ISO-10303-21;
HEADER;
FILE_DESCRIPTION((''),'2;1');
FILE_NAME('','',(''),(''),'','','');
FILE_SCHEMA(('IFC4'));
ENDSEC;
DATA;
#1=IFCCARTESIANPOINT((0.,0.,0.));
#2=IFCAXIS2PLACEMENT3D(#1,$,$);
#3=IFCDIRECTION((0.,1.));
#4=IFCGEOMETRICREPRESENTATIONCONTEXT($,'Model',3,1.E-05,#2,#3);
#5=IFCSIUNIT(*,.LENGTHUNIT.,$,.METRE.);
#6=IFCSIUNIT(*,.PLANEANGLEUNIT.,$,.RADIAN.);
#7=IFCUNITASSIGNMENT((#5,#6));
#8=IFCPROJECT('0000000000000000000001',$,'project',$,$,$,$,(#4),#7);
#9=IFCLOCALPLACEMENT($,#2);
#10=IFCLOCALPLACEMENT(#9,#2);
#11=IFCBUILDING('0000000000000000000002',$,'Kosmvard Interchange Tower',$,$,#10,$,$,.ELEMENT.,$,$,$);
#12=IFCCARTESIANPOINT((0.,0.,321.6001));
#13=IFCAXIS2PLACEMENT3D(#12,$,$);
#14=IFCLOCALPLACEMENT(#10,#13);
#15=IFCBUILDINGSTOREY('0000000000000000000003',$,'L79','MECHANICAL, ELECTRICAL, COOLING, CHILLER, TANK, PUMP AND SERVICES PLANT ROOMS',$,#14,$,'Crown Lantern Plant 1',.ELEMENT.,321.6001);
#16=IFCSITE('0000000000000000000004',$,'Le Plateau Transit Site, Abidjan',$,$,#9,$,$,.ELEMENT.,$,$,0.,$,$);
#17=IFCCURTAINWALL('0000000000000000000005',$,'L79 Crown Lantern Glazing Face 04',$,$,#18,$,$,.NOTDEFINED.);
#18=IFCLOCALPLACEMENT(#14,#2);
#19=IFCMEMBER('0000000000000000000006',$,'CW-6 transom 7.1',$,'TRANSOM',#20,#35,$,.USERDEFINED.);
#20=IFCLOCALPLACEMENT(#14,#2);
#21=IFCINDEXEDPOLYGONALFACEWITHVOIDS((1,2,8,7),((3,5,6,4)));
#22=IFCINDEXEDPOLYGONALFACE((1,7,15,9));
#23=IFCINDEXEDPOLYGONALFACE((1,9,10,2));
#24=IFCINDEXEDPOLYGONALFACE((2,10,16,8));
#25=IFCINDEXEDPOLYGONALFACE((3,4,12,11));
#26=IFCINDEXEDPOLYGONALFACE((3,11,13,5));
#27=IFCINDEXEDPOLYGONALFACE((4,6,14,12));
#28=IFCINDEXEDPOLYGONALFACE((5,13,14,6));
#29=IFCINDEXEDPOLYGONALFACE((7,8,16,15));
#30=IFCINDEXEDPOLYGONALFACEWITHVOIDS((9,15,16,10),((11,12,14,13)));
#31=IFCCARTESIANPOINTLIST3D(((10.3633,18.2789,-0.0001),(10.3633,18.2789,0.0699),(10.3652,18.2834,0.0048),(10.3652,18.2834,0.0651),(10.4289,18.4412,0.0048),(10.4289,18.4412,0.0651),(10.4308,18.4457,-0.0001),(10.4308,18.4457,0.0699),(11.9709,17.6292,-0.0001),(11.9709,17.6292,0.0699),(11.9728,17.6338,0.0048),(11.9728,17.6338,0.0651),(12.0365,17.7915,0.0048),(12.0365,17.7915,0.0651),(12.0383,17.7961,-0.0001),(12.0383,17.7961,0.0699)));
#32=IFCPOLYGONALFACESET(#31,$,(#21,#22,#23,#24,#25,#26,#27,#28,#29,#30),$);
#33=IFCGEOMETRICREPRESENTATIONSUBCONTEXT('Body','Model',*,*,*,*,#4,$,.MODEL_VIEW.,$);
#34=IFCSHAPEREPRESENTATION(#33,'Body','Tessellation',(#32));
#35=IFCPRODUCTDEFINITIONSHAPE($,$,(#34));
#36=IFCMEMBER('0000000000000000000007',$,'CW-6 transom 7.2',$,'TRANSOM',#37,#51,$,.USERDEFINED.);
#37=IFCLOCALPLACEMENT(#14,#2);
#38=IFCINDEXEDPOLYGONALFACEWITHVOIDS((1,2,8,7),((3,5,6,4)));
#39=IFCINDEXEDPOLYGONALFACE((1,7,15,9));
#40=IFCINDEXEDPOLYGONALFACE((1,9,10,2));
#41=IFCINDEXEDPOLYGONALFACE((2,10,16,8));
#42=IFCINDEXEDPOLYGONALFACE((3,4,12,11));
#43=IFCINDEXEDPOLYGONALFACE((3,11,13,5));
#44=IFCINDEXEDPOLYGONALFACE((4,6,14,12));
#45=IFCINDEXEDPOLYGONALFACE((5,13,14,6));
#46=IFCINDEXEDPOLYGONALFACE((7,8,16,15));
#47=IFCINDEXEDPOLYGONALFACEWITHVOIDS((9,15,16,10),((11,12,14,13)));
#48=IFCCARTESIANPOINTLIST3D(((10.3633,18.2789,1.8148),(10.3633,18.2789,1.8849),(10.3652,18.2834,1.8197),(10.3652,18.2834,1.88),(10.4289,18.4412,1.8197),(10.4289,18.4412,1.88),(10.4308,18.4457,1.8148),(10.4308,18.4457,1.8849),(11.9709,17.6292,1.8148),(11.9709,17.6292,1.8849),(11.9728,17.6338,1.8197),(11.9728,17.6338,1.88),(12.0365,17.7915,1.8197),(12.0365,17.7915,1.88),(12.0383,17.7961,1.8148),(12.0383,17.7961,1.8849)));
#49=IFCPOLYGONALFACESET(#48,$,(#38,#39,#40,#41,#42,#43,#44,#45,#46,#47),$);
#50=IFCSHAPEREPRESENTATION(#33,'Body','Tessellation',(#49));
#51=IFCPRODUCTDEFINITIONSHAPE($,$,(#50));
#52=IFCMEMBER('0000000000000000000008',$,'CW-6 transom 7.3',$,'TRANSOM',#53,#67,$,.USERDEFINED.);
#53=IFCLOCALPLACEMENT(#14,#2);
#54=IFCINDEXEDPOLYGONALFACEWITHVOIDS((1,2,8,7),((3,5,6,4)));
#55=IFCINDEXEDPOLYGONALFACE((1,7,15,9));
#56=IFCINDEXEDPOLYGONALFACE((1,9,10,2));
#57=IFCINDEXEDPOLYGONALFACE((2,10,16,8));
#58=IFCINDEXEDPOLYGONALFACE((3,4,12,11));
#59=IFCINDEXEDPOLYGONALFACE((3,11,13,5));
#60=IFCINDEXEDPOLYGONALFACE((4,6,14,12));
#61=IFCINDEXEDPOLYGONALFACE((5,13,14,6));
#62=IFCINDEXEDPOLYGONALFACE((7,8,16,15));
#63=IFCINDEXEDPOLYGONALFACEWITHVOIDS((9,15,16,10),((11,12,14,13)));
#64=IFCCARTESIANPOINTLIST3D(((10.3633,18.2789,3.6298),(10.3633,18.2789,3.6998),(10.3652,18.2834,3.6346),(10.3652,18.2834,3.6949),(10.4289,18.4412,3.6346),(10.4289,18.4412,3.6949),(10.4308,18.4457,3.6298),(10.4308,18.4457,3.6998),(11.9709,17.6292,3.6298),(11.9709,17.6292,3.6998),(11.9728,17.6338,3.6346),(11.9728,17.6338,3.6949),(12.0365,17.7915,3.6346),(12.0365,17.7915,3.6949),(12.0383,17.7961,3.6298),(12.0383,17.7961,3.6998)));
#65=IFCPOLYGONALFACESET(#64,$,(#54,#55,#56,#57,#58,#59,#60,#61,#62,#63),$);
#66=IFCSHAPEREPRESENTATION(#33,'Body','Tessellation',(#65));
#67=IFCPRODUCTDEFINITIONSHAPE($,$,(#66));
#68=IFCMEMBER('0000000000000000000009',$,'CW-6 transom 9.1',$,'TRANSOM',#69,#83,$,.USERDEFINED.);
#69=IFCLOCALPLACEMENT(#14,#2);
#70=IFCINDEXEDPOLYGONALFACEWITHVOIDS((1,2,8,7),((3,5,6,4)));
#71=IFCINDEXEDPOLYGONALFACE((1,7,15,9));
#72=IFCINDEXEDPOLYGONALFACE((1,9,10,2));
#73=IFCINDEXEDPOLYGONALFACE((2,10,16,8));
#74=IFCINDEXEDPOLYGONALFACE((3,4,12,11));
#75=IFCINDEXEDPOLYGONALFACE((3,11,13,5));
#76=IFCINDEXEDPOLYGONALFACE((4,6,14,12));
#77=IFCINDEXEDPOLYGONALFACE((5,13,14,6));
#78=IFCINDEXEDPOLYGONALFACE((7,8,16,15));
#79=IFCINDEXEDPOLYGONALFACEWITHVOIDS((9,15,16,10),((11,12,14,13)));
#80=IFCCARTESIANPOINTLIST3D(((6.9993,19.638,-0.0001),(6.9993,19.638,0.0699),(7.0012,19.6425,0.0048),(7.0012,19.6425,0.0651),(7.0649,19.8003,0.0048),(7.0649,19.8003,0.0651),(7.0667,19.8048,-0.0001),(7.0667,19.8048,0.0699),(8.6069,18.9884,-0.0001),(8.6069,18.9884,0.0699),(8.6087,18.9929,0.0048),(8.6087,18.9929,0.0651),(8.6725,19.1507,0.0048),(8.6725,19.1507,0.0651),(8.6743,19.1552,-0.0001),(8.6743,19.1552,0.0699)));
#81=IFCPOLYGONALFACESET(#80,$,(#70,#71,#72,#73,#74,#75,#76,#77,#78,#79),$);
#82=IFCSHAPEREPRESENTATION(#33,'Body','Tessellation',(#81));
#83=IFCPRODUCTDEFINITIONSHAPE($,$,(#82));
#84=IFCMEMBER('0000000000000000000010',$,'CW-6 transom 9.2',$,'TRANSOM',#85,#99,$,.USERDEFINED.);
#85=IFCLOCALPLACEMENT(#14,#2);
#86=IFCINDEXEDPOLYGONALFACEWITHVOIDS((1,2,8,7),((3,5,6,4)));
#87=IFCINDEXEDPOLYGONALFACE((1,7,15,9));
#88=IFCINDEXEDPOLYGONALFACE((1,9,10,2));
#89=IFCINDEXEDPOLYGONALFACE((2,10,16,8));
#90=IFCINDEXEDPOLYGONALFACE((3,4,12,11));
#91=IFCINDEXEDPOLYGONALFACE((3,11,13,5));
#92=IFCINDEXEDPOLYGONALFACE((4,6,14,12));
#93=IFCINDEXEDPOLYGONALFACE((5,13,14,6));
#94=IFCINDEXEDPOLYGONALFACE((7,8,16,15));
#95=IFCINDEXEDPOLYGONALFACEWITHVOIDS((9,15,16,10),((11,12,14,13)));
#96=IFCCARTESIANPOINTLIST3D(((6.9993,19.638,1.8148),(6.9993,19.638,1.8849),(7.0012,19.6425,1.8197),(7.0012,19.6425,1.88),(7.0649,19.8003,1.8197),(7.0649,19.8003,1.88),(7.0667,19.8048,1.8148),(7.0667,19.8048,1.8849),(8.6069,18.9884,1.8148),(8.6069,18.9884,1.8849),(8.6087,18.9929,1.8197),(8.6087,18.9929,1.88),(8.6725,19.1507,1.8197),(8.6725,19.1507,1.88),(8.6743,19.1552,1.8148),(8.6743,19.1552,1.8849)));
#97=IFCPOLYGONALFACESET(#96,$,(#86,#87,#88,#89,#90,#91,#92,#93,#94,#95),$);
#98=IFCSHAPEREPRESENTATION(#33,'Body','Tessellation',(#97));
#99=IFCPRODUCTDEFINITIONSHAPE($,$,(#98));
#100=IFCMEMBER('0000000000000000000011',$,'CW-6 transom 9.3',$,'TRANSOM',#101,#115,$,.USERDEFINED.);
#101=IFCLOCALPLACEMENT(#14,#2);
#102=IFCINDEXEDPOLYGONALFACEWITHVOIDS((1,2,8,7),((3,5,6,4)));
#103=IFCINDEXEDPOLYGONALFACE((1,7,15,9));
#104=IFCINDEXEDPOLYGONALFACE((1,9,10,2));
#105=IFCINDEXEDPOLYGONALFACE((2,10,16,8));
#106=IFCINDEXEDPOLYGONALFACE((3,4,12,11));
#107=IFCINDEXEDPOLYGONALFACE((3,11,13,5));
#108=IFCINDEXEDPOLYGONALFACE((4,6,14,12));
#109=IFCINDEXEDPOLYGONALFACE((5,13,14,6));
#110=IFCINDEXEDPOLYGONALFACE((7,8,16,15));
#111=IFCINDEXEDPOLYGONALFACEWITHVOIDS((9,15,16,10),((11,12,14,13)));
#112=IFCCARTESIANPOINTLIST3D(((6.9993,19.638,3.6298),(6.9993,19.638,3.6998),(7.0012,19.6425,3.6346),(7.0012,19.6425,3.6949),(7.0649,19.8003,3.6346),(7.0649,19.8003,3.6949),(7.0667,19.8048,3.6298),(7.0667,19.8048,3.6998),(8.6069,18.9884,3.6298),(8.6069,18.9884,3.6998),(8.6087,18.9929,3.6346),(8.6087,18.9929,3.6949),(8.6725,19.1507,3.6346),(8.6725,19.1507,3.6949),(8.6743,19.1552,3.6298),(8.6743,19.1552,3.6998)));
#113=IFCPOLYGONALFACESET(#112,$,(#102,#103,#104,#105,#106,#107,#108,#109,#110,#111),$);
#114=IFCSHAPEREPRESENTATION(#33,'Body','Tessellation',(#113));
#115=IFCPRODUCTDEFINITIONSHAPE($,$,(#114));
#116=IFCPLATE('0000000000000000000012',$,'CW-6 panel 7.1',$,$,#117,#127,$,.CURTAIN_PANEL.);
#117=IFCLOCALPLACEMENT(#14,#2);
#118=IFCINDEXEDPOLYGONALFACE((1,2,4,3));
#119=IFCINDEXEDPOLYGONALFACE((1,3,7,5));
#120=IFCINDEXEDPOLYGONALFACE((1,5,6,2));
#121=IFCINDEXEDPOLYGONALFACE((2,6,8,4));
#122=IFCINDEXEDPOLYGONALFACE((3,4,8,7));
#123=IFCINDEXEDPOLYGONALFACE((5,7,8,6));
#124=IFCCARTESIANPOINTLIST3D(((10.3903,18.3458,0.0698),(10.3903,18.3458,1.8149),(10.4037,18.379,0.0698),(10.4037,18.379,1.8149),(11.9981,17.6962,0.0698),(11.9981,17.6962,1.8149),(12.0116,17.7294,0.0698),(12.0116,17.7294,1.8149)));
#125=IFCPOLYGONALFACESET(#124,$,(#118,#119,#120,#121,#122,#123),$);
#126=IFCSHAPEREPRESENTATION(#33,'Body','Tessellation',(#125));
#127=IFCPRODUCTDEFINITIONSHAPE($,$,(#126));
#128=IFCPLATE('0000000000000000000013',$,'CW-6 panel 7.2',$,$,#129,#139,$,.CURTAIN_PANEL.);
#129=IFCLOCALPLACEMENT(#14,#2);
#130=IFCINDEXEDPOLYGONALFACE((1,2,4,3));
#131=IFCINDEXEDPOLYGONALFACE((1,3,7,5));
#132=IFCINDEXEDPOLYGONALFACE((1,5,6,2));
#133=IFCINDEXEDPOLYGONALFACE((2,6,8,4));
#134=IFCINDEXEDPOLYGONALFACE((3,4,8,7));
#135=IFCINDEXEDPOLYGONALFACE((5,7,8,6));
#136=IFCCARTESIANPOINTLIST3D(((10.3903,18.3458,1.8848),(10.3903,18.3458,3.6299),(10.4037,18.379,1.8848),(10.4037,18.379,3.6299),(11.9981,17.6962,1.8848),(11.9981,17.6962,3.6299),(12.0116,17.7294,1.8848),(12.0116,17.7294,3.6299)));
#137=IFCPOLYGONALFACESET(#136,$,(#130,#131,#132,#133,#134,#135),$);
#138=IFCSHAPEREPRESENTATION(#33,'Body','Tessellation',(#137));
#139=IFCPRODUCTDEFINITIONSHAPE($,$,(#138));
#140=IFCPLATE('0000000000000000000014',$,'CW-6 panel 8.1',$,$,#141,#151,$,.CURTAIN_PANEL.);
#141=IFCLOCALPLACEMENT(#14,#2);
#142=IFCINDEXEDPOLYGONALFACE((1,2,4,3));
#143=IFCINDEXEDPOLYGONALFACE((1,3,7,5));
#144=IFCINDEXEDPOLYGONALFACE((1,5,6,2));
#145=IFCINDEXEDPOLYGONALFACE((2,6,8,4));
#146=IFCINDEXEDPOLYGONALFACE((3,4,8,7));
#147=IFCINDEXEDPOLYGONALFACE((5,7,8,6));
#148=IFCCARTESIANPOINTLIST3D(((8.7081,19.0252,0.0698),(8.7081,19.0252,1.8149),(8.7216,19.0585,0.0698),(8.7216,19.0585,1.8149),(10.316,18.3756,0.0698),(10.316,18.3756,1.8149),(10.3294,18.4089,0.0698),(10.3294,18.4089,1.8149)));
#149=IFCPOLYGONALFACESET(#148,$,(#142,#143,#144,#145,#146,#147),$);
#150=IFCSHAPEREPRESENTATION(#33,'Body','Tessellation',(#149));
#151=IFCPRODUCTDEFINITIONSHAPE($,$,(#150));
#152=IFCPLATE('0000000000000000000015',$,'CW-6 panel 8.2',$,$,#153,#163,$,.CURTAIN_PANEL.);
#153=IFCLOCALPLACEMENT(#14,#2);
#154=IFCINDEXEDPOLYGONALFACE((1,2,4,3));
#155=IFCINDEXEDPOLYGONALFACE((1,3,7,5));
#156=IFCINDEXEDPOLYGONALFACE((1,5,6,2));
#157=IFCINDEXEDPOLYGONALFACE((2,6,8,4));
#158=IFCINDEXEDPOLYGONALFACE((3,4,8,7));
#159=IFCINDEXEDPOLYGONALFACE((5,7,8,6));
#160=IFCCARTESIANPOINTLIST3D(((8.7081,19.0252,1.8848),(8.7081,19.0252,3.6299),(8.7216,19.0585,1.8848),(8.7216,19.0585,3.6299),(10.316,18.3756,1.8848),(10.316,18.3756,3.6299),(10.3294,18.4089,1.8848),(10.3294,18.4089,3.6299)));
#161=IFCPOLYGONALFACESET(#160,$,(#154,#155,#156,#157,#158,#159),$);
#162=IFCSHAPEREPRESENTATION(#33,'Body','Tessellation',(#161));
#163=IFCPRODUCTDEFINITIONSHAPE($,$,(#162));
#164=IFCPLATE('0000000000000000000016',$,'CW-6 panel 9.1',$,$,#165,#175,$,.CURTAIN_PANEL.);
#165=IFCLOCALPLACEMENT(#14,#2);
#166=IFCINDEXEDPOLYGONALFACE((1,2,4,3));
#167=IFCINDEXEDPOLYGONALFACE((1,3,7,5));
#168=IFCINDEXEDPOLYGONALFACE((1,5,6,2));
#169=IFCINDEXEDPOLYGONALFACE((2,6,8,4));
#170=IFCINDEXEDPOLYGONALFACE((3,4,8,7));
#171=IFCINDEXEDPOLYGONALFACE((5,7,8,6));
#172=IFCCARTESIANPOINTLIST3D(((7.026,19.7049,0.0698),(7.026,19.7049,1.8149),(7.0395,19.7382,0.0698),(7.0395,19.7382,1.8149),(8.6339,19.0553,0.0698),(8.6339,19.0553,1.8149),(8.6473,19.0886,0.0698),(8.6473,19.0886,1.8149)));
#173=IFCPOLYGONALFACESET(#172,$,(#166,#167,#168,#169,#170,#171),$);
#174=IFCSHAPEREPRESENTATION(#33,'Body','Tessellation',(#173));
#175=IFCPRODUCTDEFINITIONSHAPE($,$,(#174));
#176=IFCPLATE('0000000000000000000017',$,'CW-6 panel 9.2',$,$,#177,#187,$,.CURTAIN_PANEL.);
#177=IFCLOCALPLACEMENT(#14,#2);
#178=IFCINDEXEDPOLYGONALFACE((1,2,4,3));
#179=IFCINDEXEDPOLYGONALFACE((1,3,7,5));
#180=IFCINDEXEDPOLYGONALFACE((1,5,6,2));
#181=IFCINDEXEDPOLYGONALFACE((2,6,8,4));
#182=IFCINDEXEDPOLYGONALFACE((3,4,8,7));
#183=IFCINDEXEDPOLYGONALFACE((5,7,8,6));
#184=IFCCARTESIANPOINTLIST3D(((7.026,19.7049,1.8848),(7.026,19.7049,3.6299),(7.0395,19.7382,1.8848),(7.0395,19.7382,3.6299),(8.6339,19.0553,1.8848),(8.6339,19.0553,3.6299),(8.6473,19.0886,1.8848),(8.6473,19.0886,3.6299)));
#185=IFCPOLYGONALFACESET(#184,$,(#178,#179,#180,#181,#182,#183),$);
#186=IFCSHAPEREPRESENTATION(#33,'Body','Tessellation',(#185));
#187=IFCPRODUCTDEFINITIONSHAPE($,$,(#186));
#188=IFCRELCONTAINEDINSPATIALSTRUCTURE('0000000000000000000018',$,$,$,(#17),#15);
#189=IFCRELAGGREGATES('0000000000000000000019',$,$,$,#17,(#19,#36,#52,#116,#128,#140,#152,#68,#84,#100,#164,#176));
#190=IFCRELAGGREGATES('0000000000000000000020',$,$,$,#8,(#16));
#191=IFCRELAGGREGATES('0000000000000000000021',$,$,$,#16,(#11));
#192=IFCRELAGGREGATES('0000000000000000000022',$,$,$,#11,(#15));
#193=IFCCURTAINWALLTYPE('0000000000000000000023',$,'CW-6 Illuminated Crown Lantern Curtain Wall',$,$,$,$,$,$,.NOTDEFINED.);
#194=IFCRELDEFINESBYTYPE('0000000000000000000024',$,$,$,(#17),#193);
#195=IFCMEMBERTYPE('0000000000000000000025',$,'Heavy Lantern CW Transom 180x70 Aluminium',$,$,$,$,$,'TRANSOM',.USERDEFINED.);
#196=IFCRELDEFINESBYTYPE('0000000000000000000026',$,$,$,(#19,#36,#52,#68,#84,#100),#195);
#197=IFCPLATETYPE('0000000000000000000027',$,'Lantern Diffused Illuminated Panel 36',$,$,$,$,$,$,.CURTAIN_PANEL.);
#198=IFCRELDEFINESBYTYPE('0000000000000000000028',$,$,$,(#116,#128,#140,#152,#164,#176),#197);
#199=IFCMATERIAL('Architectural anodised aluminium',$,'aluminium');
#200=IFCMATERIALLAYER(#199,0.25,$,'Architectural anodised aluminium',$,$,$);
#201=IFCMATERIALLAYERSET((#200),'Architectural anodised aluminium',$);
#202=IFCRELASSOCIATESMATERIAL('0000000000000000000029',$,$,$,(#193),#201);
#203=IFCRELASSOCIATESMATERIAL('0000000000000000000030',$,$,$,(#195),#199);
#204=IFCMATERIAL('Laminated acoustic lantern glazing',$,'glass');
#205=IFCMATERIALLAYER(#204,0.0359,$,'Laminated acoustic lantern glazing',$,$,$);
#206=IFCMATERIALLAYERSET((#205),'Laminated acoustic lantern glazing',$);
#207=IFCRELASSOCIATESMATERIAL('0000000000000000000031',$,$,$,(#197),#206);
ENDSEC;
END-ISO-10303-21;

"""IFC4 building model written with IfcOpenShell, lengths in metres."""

from ifc_helpers import new_model, si_unit, direction, frame, origin, origin_2d, place, context, subcontext, project, spatial, rectangle, hollow_rectangle, extrude, source, transform, mapped, material, layer, layer_set, material_profile, profile_set, type_object, element, aggregate, save


model = new_model("IFC4")

# Units and contexts
model_context = context("Model", 3, precision=1e-05, world=origin(), true_north=direction((0.0, 1.0)))
body_context = subcontext(model_context, "Body", "Model", "MODEL_VIEW")
ifc_project = project(units=[si_unit("LENGTHUNIT", "METRE"), si_unit("PLANEANGLEUNIT", "RADIAN")], contexts=[model_context])

# Site, building, storey
site_placement = place(None, origin())
site = spatial("IfcSite", under=ifc_project, at=site_placement, Name="Le Plateau Transit Site, Abidjan", CompositionType="ELEMENT", RefElevation=0.0)
building_placement = place(site_placement, origin())
building = spatial("IfcBuilding", under=site, at=building_placement, Name="Kosmvard Interchange Tower", CompositionType="ELEMENT")
storey_placement = place(building_placement, frame((0.0, 0.0, 321.6001)))
storey = spatial("IfcBuildingStorey", under=building, at=storey_placement, Name="L79", Description="MECHANICAL, ELECTRICAL, COOLING, CHILLER, TANK, PUMP AND SERVICES PLANT ROOMS", LongName="Crown Lantern Plant 1", CompositionType="ELEMENT", Elevation=321.6001)

# Curtain wall, members, plates
ifc_material_1 = material(Name="Architectural anodised aluminium", Category="aluminium")
ifc_layer_1 = layer(ifc_material_1, 0.25, Name="Architectural anodised aluminium")
ifc_layer_set_1 = layer_set([ifc_layer_1], Name="Architectural anodised aluminium")
curtain_wall_type = type_object("IfcCurtainWallType", Name="CW-6 Illuminated Crown Lantern Curtain Wall", PredefinedType="NOTDEFINED", material=ifc_layer_set_1)
curtain_wall_placement = place(storey_placement, origin())
curtain_wall = element("IfcCurtainWall", 1, at=curtain_wall_placement, inside=storey, type_object=curtain_wall_type, Name="L79 Crown Lantern Glazing Face 04", PredefinedType="NOTDEFINED")
ifc_material_profile_1 = material_profile(ifc_material_1, hollow_rectangle(XDim=0.1799, YDim=0.0701, WallThickness=0.0049, at=origin_2d()), Name="CWT 180x70x5")
ifc_profile_set_1 = profile_set([ifc_material_profile_1], Name="Architectural anodised aluminium")
member_type_1 = type_object("IfcMemberType", Name="Heavy Lantern CW Transom 180x70 Aluminium", ElementType="TRANSOM", PredefinedType="USERDEFINED", material=ifc_profile_set_1)
shared_shape_1 = source(origin(), body_context, "Body", "SweptSolid", [
    extrude(hollow_rectangle(XDim=0.1799, YDim=0.0701, WallThickness=0.0049, at=origin_2d()), origin(), (0.0, 0.0, 1.0), 1.7339),
])
member_1_placement = place(storey_placement, frame((12.0046, 17.7126, 0.0349), z_axis=(-0.92716, 0.374666, 0.0), x_axis=(-0.374666, -0.92716, 0.0)))
member_1 = element("IfcMember", 2, at=member_1_placement, type_object=member_type_1, Name="CW-6 transom 7.1", ObjectType="TRANSOM", PredefinedType="USERDEFINED", context=body_context, shape_type="MappedRepresentation", body=[
    mapped(shared_shape_1, transform((0.0, 0.0, 0.0), scale=1.0)),
])
member_2_placement = place(storey_placement, frame((12.0046, 17.7126, 1.8499), z_axis=(-0.92716, 0.374666, 0.0), x_axis=(-0.374666, -0.92716, 0.0)))
member_2 = element("IfcMember", 3, at=member_2_placement, type_object=member_type_1, Name="CW-6 transom 7.2", ObjectType="TRANSOM", PredefinedType="USERDEFINED", context=body_context, shape_type="MappedRepresentation", body=[
    mapped(shared_shape_1, transform((0.0, 0.0, 0.0), scale=1.0)),
])
member_3_placement = place(storey_placement, frame((12.0046, 17.7126, 3.6648), z_axis=(-0.92716, 0.374666, 0.0), x_axis=(-0.374666, -0.92716, 0.0)))
member_3 = element("IfcMember", 4, at=member_3_placement, type_object=member_type_1, Name="CW-6 transom 7.3", ObjectType="TRANSOM", PredefinedType="USERDEFINED", context=body_context, shape_type="MappedRepresentation", body=[
    mapped(shared_shape_1, transform((0.0, 0.0, 0.0), scale=1.0)),
])
member_4_placement = place(storey_placement, frame((8.6406, 19.0718, 0.0349), z_axis=(-0.92716, 0.374666, 0.0), x_axis=(-0.374666, -0.92716, 0.0)))
member_4 = element("IfcMember", 5, at=member_4_placement, type_object=member_type_1, Name="CW-6 transom 9.1", ObjectType="TRANSOM", PredefinedType="USERDEFINED", context=body_context, shape_type="MappedRepresentation", body=[
    mapped(shared_shape_1, transform((0.0, 0.0, 0.0), scale=1.0)),
])
member_5_placement = place(storey_placement, frame((8.6406, 19.0718, 1.8499), z_axis=(-0.92716, 0.374666, 0.0), x_axis=(-0.374666, -0.92716, 0.0)))
member_5 = element("IfcMember", 6, at=member_5_placement, type_object=member_type_1, Name="CW-6 transom 9.2", ObjectType="TRANSOM", PredefinedType="USERDEFINED", context=body_context, shape_type="MappedRepresentation", body=[
    mapped(shared_shape_1, transform((0.0, 0.0, 0.0), scale=1.0)),
])
member_6_placement = place(storey_placement, frame((8.6406, 19.0718, 3.6648), z_axis=(-0.92716, 0.374666, 0.0), x_axis=(-0.374666, -0.92716, 0.0)))
member_6 = element("IfcMember", 7, at=member_6_placement, type_object=member_type_1, Name="CW-6 transom 9.3", ObjectType="TRANSOM", PredefinedType="USERDEFINED", context=body_context, shape_type="MappedRepresentation", body=[
    mapped(shared_shape_1, transform((0.0, 0.0, 0.0), scale=1.0)),
])
ifc_material_2 = material(Name="Laminated acoustic lantern glazing", Category="glass")
ifc_layer_2 = layer(ifc_material_2, 0.0359, Name="Laminated acoustic lantern glazing")
ifc_layer_set_2 = layer_set([ifc_layer_2], Name="Laminated acoustic lantern glazing")
plate_type = type_object("IfcPlateType", Name="Lantern Diffused Illuminated Panel 36", PredefinedType="CURTAIN_PANEL", material=ifc_layer_set_2)
shared_shape_2 = source(origin(), body_context, "Body", "SweptSolid", [
    extrude(rectangle(XDim=1.7341, YDim=0.0359, at=origin_2d()), origin(), (0.0, 0.0, 1.0), 1.7451),
])
plate_1_placement = place(storey_placement, frame((11.2009, 18.0376, 0.0698), z_axis=(0.0, 0.0, 1.0), x_axis=(-0.927184, 0.374607, 0.0)))
plate_1 = element("IfcPlate", 8, at=plate_1_placement, type_object=plate_type, Name="CW-6 panel 7.1", PredefinedType="CURTAIN_PANEL", context=body_context, shape_type="MappedRepresentation", body=[
    mapped(shared_shape_2, transform((0.0, 0.0, 0.0), scale=1.0)),
])
plate_2_placement = place(storey_placement, frame((11.2009, 18.0376, 1.8848), z_axis=(0.0, 0.0, 1.0), x_axis=(-0.927184, 0.374607, 0.0)))
plate_2 = element("IfcPlate", 9, at=plate_2_placement, type_object=plate_type, Name="CW-6 panel 7.2", PredefinedType="CURTAIN_PANEL", context=body_context, shape_type="MappedRepresentation", body=[
    mapped(shared_shape_2, transform((0.0, 0.0, 0.0), scale=1.0)),
])
plate_3_placement = place(storey_placement, frame((9.5188, 18.717, 0.0698), z_axis=(0.0, 0.0, 1.0), x_axis=(-0.927184, 0.374607, 0.0)))
plate_3 = element("IfcPlate", 10, at=plate_3_placement, type_object=plate_type, Name="CW-6 panel 8.1", PredefinedType="CURTAIN_PANEL", context=body_context, shape_type="MappedRepresentation", body=[
    mapped(shared_shape_2, transform((0.0, 0.0, 0.0), scale=1.0)),
])
plate_4_placement = place(storey_placement, frame((9.5188, 18.717, 1.8848), z_axis=(0.0, 0.0, 1.0), x_axis=(-0.927184, 0.374607, 0.0)))
plate_4 = element("IfcPlate", 11, at=plate_4_placement, type_object=plate_type, Name="CW-6 panel 8.2", PredefinedType="CURTAIN_PANEL", context=body_context, shape_type="MappedRepresentation", body=[
    mapped(shared_shape_2, transform((0.0, 0.0, 0.0), scale=1.0)),
])
plate_5_placement = place(storey_placement, frame((7.8367, 19.3967, 0.0698), z_axis=(0.0, 0.0, 1.0), x_axis=(-0.927184, 0.374607, 0.0)))
plate_5 = element("IfcPlate", 12, at=plate_5_placement, type_object=plate_type, Name="CW-6 panel 9.1", PredefinedType="CURTAIN_PANEL", context=body_context, shape_type="MappedRepresentation", body=[
    mapped(shared_shape_2, transform((0.0, 0.0, 0.0), scale=1.0)),
])
plate_6_placement = place(storey_placement, frame((7.8367, 19.3967, 1.8848), z_axis=(0.0, 0.0, 1.0), x_axis=(-0.927184, 0.374607, 0.0)))
plate_6 = element("IfcPlate", 13, at=plate_6_placement, type_object=plate_type, Name="CW-6 panel 9.2", PredefinedType="CURTAIN_PANEL", context=body_context, shape_type="MappedRepresentation", body=[
    mapped(shared_shape_2, transform((0.0, 0.0, 0.0), scale=1.0)),
])
aggregate(curtain_wall, [member_1, member_2, member_3, plate_1, plate_2, plate_3, plate_4, member_4, member_5, member_6, plate_5, plate_6])

save(model, "model.ifc")
